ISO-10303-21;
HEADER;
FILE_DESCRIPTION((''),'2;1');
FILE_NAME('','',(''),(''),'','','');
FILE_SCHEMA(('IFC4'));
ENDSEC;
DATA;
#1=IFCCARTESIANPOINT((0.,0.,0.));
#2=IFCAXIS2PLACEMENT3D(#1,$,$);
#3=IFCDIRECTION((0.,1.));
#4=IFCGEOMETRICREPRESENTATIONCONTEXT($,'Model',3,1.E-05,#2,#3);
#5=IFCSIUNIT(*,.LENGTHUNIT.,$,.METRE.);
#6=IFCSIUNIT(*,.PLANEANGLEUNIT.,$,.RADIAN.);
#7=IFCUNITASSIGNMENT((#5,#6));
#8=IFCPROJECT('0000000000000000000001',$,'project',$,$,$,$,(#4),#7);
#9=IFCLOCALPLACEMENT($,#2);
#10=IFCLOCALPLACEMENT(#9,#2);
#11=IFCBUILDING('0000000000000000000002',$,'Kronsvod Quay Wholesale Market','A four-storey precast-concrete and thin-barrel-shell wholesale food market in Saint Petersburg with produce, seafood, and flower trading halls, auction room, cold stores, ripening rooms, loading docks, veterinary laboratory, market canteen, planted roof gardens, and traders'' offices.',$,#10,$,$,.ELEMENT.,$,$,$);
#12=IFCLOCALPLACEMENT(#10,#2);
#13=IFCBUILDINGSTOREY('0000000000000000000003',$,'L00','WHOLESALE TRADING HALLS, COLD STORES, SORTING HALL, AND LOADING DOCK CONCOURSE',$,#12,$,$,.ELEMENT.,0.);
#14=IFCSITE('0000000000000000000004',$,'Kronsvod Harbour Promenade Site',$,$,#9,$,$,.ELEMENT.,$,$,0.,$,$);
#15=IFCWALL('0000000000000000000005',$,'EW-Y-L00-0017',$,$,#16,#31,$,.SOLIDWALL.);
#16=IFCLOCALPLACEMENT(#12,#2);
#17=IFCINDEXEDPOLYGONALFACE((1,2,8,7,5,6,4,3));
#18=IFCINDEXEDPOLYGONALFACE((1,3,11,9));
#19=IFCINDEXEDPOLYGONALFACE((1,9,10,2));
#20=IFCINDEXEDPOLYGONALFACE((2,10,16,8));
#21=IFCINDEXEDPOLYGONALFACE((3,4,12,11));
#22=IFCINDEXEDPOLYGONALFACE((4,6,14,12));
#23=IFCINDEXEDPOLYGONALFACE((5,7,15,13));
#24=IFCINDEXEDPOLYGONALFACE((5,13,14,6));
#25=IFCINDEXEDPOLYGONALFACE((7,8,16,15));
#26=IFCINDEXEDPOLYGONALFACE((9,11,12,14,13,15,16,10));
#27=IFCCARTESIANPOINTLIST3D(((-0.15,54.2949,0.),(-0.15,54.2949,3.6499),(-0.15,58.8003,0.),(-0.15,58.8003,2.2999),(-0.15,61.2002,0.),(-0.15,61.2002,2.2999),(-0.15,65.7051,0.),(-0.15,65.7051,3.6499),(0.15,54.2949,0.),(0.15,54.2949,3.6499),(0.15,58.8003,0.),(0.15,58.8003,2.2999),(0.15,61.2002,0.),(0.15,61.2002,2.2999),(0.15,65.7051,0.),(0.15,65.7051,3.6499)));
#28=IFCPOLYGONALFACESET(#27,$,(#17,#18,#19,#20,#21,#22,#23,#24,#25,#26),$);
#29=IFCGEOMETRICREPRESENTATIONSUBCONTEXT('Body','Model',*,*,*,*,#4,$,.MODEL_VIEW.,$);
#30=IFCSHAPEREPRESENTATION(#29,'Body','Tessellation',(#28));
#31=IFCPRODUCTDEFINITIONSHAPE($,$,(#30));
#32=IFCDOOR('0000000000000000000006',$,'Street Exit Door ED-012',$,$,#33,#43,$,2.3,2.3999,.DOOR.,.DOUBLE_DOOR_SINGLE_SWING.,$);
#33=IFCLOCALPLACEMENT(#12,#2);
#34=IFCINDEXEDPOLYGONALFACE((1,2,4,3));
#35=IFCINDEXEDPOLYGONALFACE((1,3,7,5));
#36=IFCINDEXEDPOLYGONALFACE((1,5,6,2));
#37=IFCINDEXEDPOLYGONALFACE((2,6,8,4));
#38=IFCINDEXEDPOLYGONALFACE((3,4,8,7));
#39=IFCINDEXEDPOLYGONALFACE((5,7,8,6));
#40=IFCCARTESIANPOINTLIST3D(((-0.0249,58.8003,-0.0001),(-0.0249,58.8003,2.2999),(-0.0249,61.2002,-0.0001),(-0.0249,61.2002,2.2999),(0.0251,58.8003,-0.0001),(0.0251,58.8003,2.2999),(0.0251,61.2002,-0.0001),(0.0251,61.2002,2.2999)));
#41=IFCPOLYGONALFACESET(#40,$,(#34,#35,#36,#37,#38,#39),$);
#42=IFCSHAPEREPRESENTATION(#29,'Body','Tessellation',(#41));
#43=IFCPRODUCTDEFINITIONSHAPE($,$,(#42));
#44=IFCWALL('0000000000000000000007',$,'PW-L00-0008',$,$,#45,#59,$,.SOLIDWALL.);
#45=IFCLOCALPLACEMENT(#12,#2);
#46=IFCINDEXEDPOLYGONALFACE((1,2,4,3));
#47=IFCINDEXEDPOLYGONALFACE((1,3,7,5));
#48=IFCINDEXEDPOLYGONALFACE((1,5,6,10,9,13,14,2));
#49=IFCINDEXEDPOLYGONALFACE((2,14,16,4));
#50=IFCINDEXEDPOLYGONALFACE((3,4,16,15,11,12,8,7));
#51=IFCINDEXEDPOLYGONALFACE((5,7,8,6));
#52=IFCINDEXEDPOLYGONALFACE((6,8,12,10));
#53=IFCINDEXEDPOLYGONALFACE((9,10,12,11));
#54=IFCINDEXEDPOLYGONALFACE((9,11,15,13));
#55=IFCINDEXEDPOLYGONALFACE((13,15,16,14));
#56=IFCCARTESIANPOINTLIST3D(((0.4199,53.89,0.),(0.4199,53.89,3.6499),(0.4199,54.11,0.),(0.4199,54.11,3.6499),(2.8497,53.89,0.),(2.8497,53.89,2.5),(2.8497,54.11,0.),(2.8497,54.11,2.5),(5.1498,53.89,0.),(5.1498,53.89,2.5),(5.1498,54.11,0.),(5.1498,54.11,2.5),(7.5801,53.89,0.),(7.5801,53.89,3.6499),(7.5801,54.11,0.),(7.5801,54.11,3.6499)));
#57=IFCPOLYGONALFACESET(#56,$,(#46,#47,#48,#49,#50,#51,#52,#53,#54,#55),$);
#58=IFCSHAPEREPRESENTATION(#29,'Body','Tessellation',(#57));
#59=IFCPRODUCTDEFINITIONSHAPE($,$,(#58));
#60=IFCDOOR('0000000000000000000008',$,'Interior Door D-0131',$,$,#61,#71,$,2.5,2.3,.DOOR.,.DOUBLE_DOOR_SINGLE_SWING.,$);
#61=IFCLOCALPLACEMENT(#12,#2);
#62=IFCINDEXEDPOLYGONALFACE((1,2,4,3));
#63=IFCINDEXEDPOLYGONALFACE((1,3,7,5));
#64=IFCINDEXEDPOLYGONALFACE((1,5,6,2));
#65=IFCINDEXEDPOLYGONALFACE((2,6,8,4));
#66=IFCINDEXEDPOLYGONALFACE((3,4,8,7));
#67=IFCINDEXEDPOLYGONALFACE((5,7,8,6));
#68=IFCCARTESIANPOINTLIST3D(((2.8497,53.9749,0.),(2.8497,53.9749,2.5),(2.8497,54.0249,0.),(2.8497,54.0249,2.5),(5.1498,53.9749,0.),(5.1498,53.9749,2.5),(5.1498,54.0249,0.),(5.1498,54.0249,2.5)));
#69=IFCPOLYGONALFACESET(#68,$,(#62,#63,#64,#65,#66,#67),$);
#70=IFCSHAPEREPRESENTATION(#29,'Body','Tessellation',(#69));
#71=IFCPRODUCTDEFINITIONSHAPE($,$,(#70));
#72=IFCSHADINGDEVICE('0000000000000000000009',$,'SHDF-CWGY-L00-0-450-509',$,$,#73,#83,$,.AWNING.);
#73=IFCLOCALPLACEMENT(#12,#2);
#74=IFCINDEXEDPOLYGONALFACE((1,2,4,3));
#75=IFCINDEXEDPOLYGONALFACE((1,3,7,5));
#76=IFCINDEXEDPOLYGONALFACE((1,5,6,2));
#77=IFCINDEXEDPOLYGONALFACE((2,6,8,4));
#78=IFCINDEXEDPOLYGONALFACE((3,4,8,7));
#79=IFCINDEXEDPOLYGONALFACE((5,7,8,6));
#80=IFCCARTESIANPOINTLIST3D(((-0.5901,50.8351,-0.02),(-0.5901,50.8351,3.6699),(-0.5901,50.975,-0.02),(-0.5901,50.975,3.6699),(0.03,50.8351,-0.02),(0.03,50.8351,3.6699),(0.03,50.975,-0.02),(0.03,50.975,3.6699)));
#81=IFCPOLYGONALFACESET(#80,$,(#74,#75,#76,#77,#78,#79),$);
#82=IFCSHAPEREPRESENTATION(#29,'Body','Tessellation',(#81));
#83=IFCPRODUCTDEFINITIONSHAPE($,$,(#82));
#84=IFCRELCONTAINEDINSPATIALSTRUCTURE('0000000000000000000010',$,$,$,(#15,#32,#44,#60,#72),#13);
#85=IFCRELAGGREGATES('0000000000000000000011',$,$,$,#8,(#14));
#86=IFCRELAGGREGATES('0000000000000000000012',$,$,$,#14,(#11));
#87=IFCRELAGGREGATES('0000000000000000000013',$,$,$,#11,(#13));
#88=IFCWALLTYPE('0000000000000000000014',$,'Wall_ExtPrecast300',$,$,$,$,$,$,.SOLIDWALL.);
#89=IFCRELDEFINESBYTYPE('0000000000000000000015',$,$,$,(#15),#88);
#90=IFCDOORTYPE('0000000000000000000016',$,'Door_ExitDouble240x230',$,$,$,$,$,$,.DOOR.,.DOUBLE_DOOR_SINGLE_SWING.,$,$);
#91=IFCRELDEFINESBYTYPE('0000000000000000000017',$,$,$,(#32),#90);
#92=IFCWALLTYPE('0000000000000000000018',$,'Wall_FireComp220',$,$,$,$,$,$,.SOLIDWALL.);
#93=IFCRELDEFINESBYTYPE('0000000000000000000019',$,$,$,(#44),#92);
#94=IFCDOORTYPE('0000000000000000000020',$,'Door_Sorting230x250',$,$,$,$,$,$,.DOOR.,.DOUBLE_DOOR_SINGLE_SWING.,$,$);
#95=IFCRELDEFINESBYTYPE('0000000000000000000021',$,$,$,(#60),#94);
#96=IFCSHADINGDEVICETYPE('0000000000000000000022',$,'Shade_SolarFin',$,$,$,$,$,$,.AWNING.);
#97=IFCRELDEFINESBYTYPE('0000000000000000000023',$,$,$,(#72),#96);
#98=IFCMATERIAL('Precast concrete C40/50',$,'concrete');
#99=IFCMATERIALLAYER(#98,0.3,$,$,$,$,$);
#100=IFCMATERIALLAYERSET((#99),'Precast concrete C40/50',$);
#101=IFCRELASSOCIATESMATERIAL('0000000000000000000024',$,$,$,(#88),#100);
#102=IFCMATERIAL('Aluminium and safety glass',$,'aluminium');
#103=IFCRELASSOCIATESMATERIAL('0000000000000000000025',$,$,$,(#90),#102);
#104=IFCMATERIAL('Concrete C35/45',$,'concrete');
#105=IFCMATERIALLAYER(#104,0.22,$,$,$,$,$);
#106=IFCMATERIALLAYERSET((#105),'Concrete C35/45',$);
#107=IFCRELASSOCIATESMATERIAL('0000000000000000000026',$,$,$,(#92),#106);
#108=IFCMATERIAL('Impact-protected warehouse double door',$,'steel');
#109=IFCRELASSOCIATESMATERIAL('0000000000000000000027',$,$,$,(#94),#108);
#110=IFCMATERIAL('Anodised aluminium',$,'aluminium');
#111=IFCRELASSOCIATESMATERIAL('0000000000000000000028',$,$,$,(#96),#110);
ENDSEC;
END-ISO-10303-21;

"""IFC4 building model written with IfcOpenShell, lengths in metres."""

from ifc_helpers import new_model, si_unit, direction, frame, frame_2d, origin, origin_2d, place, context, subcontext, project, spatial, rectangle, extrude, material, layer, layer_set, type_object, element, fill, save


model = new_model("IFC4")

# Units and contexts
model_context = context("Model", 3, precision=1e-05, world=origin(), true_north=direction((0.0, 1.0)))
body_context = subcontext(model_context, "Body", "Model", "MODEL_VIEW")
ifc_project = project(units=[si_unit("LENGTHUNIT", "METRE"), si_unit("PLANEANGLEUNIT", "RADIAN")], contexts=[model_context])

# Site, building, storey
site_placement = place(None, origin())
site = spatial("IfcSite", under=ifc_project, at=site_placement, Name="Kronsvod Harbour Promenade Site", CompositionType="ELEMENT", RefElevation=0.0)
building_placement = place(site_placement, origin())
building = spatial("IfcBuilding", under=site, at=building_placement, Name="Kronsvod Quay Wholesale Market", Description="A four-storey precast-concrete and thin-barrel-shell wholesale food market in Saint Petersburg with produce, seafood, and flower trading halls, auction room, cold stores, ripening rooms, loading docks, veterinary laboratory, market canteen, planted roof gardens, and traders' offices.", CompositionType="ELEMENT")
storey_placement = place(building_placement, origin())
storey = spatial("IfcBuildingStorey", under=building, at=storey_placement, Name="L00", Description="WHOLESALE TRADING HALLS, COLD STORES, SORTING HALL, AND LOADING DOCK CONCOURSE", CompositionType="ELEMENT", Elevation=0.0)

# Walls, openings, doors
ifc_material_1 = material(Name="Precast concrete C40/50", Category="concrete")
ifc_layer_1 = layer(ifc_material_1, 0.3)
ifc_layer_set_1 = layer_set([ifc_layer_1], Name="Precast concrete C40/50")
wall_type_1 = type_object("IfcWallType", Name="Wall_ExtPrecast300", PredefinedType="SOLIDWALL", material=ifc_layer_set_1)
wall_1_placement = place(storey_placement, frame((0.0, 65.7051, 0.0), z_axis=(0.0, 0.0, 1.0), x_axis=(0.0, -1.0, 0.0)))
wall_1 = element("IfcWall", 1, at=wall_1_placement, inside=storey, type_object=wall_type_1, Name="EW-Y-L00-0017", PredefinedType="SOLIDWALL", context=body_context, shape_type="SweptSolid", body=[
    extrude(rectangle(XDim=11.4102, YDim=0.3, at=frame_2d((5.7051, 0.0))), origin(), (0.0, 0.0, 1.0), 3.6499),
])
opening_1_placement = place(wall_1_placement, frame((4.5049, 0.0, 0.0)))
opening_1 = element("IfcOpeningElement", 2, at=opening_1_placement, cuts=wall_1, PredefinedType="OPENING", context=body_context, shape_type="SweptSolid", body=[
    extrude(rectangle(XDim=2.3999, YDim=2.3, at=frame_2d((1.2, 1.1499))), frame((0.0, 0.1602, 0.0), z_axis=(0.0, -1.0, 0.0), x_axis=(1.0, 0.0, 0.0)), (0.0, 0.0, 1.0), 0.3201),
])
ifc_material_2 = material(Name="Aluminium and safety glass", Category="aluminium")
door_type_1 = type_object("IfcDoorType", Name="Door_ExitDouble240x230", OperationType="DOUBLE_DOOR_SINGLE_SWING", PredefinedType="DOOR", material=ifc_material_2)
door_1_placement = place(opening_1_placement, frame((2.3999, 0.0, 0.0), z_axis=(0.0, 0.0, 1.0), x_axis=(-1.0, 0.0, 0.0)))
door_1 = element("IfcDoor", 3, at=door_1_placement, inside=storey, type_object=door_type_1, Name="Street Exit Door ED-012", OperationType="DOUBLE_DOOR_SINGLE_SWING", OverallHeight=2.3, OverallWidth=2.3999, PredefinedType="DOOR", context=body_context, shape_type="SweptSolid", body=[
    extrude(rectangle(XDim=2.3999, YDim=2.3, at=frame_2d((1.2, 1.1499))), frame((0.0, 0.0249, 0.0), z_axis=(0.0, -1.0, 0.0), x_axis=(1.0, 0.0, 0.0)), (0.0, 0.0, 1.0), 0.05),
])
fill(opening_1, door_1)
ifc_material_3 = material(Name="Concrete C35/45", Category="concrete")
ifc_layer_2 = layer(ifc_material_3, 0.22)
ifc_layer_set_2 = layer_set([ifc_layer_2], Name="Concrete C35/45")
wall_type_2 = type_object("IfcWallType", Name="Wall_FireComp220", PredefinedType="SOLIDWALL", material=ifc_layer_set_2)
wall_2_placement = place(storey_placement, frame((0.4199, 54.0, 0.0), z_axis=(0.0, 0.0, 1.0), x_axis=(1.0, 0.0, 0.0)))
wall_2 = element("IfcWall", 4, at=wall_2_placement, inside=storey, type_object=wall_type_2, Name="PW-L00-0008", PredefinedType="SOLIDWALL", context=body_context, shape_type="SweptSolid", body=[
    extrude(rectangle(XDim=7.1602, YDim=0.22, at=frame_2d((3.5801, 0.0))), origin(), (0.0, 0.0, 1.0), 3.6499),
])
opening_2_placement = place(wall_2_placement, frame((2.4299, 0.0, 0.0)))
opening_2 = element("IfcOpeningElement", 5, at=opening_2_placement, cuts=wall_2, PredefinedType="OPENING", context=body_context, shape_type="SweptSolid", body=[
    extrude(rectangle(XDim=2.3, YDim=2.5, at=frame_2d((1.1499, 1.25))), frame((0.0, 0.1201, 0.0), z_axis=(0.0, -1.0, 0.0), x_axis=(1.0, 0.0, 0.0)), (0.0, 0.0, 1.0), 0.24),
])
ifc_material_4 = material(Name="Impact-protected warehouse double door", Category="steel")
door_type_2 = type_object("IfcDoorType", Name="Door_Sorting230x250", OperationType="DOUBLE_DOOR_SINGLE_SWING", PredefinedType="DOOR", material=ifc_material_4)
door_2_placement = place(opening_2_placement, origin())
door_2 = element("IfcDoor", 6, at=door_2_placement, inside=storey, type_object=door_type_2, Name="Interior Door D-0131", OperationType="DOUBLE_DOOR_SINGLE_SWING", OverallHeight=2.5, OverallWidth=2.3, PredefinedType="DOOR", context=body_context, shape_type="SweptSolid", body=[
    extrude(rectangle(XDim=2.3, YDim=2.5, at=frame_2d((1.1499, 1.25))), frame((0.0, 0.0249, 0.0), z_axis=(0.0, -1.0, 0.0), x_axis=(1.0, 0.0, 0.0)), (0.0, 0.0, 1.0), 0.05),
])
fill(opening_2, door_2)

# Shading device
ifc_material_5 = material(Name="Anodised aluminium", Category="aluminium")
shading_device_type = type_object("IfcShadingDeviceType", Name="Shade_SolarFin", PredefinedType="AWNING", material=ifc_material_5)
shading_device_placement = place(storey_placement, frame((-0.28, 50.905, -0.02), z_axis=(0.0, 0.0, 1.0), x_axis=(1.0, 0.0, 0.0)))
element("IfcShadingDevice", 7, at=shading_device_placement, inside=storey, type_object=shading_device_type, Name="SHDF-CWGY-L00-0-450-509", PredefinedType="AWNING", context=body_context, shape_type="SweptSolid", body=[
    extrude(rectangle(XDim=0.6201, YDim=0.1399, at=origin_2d()), origin(), (0.0, 0.0, 1.0), 3.6899),
])

save(model, "model.ifc")
